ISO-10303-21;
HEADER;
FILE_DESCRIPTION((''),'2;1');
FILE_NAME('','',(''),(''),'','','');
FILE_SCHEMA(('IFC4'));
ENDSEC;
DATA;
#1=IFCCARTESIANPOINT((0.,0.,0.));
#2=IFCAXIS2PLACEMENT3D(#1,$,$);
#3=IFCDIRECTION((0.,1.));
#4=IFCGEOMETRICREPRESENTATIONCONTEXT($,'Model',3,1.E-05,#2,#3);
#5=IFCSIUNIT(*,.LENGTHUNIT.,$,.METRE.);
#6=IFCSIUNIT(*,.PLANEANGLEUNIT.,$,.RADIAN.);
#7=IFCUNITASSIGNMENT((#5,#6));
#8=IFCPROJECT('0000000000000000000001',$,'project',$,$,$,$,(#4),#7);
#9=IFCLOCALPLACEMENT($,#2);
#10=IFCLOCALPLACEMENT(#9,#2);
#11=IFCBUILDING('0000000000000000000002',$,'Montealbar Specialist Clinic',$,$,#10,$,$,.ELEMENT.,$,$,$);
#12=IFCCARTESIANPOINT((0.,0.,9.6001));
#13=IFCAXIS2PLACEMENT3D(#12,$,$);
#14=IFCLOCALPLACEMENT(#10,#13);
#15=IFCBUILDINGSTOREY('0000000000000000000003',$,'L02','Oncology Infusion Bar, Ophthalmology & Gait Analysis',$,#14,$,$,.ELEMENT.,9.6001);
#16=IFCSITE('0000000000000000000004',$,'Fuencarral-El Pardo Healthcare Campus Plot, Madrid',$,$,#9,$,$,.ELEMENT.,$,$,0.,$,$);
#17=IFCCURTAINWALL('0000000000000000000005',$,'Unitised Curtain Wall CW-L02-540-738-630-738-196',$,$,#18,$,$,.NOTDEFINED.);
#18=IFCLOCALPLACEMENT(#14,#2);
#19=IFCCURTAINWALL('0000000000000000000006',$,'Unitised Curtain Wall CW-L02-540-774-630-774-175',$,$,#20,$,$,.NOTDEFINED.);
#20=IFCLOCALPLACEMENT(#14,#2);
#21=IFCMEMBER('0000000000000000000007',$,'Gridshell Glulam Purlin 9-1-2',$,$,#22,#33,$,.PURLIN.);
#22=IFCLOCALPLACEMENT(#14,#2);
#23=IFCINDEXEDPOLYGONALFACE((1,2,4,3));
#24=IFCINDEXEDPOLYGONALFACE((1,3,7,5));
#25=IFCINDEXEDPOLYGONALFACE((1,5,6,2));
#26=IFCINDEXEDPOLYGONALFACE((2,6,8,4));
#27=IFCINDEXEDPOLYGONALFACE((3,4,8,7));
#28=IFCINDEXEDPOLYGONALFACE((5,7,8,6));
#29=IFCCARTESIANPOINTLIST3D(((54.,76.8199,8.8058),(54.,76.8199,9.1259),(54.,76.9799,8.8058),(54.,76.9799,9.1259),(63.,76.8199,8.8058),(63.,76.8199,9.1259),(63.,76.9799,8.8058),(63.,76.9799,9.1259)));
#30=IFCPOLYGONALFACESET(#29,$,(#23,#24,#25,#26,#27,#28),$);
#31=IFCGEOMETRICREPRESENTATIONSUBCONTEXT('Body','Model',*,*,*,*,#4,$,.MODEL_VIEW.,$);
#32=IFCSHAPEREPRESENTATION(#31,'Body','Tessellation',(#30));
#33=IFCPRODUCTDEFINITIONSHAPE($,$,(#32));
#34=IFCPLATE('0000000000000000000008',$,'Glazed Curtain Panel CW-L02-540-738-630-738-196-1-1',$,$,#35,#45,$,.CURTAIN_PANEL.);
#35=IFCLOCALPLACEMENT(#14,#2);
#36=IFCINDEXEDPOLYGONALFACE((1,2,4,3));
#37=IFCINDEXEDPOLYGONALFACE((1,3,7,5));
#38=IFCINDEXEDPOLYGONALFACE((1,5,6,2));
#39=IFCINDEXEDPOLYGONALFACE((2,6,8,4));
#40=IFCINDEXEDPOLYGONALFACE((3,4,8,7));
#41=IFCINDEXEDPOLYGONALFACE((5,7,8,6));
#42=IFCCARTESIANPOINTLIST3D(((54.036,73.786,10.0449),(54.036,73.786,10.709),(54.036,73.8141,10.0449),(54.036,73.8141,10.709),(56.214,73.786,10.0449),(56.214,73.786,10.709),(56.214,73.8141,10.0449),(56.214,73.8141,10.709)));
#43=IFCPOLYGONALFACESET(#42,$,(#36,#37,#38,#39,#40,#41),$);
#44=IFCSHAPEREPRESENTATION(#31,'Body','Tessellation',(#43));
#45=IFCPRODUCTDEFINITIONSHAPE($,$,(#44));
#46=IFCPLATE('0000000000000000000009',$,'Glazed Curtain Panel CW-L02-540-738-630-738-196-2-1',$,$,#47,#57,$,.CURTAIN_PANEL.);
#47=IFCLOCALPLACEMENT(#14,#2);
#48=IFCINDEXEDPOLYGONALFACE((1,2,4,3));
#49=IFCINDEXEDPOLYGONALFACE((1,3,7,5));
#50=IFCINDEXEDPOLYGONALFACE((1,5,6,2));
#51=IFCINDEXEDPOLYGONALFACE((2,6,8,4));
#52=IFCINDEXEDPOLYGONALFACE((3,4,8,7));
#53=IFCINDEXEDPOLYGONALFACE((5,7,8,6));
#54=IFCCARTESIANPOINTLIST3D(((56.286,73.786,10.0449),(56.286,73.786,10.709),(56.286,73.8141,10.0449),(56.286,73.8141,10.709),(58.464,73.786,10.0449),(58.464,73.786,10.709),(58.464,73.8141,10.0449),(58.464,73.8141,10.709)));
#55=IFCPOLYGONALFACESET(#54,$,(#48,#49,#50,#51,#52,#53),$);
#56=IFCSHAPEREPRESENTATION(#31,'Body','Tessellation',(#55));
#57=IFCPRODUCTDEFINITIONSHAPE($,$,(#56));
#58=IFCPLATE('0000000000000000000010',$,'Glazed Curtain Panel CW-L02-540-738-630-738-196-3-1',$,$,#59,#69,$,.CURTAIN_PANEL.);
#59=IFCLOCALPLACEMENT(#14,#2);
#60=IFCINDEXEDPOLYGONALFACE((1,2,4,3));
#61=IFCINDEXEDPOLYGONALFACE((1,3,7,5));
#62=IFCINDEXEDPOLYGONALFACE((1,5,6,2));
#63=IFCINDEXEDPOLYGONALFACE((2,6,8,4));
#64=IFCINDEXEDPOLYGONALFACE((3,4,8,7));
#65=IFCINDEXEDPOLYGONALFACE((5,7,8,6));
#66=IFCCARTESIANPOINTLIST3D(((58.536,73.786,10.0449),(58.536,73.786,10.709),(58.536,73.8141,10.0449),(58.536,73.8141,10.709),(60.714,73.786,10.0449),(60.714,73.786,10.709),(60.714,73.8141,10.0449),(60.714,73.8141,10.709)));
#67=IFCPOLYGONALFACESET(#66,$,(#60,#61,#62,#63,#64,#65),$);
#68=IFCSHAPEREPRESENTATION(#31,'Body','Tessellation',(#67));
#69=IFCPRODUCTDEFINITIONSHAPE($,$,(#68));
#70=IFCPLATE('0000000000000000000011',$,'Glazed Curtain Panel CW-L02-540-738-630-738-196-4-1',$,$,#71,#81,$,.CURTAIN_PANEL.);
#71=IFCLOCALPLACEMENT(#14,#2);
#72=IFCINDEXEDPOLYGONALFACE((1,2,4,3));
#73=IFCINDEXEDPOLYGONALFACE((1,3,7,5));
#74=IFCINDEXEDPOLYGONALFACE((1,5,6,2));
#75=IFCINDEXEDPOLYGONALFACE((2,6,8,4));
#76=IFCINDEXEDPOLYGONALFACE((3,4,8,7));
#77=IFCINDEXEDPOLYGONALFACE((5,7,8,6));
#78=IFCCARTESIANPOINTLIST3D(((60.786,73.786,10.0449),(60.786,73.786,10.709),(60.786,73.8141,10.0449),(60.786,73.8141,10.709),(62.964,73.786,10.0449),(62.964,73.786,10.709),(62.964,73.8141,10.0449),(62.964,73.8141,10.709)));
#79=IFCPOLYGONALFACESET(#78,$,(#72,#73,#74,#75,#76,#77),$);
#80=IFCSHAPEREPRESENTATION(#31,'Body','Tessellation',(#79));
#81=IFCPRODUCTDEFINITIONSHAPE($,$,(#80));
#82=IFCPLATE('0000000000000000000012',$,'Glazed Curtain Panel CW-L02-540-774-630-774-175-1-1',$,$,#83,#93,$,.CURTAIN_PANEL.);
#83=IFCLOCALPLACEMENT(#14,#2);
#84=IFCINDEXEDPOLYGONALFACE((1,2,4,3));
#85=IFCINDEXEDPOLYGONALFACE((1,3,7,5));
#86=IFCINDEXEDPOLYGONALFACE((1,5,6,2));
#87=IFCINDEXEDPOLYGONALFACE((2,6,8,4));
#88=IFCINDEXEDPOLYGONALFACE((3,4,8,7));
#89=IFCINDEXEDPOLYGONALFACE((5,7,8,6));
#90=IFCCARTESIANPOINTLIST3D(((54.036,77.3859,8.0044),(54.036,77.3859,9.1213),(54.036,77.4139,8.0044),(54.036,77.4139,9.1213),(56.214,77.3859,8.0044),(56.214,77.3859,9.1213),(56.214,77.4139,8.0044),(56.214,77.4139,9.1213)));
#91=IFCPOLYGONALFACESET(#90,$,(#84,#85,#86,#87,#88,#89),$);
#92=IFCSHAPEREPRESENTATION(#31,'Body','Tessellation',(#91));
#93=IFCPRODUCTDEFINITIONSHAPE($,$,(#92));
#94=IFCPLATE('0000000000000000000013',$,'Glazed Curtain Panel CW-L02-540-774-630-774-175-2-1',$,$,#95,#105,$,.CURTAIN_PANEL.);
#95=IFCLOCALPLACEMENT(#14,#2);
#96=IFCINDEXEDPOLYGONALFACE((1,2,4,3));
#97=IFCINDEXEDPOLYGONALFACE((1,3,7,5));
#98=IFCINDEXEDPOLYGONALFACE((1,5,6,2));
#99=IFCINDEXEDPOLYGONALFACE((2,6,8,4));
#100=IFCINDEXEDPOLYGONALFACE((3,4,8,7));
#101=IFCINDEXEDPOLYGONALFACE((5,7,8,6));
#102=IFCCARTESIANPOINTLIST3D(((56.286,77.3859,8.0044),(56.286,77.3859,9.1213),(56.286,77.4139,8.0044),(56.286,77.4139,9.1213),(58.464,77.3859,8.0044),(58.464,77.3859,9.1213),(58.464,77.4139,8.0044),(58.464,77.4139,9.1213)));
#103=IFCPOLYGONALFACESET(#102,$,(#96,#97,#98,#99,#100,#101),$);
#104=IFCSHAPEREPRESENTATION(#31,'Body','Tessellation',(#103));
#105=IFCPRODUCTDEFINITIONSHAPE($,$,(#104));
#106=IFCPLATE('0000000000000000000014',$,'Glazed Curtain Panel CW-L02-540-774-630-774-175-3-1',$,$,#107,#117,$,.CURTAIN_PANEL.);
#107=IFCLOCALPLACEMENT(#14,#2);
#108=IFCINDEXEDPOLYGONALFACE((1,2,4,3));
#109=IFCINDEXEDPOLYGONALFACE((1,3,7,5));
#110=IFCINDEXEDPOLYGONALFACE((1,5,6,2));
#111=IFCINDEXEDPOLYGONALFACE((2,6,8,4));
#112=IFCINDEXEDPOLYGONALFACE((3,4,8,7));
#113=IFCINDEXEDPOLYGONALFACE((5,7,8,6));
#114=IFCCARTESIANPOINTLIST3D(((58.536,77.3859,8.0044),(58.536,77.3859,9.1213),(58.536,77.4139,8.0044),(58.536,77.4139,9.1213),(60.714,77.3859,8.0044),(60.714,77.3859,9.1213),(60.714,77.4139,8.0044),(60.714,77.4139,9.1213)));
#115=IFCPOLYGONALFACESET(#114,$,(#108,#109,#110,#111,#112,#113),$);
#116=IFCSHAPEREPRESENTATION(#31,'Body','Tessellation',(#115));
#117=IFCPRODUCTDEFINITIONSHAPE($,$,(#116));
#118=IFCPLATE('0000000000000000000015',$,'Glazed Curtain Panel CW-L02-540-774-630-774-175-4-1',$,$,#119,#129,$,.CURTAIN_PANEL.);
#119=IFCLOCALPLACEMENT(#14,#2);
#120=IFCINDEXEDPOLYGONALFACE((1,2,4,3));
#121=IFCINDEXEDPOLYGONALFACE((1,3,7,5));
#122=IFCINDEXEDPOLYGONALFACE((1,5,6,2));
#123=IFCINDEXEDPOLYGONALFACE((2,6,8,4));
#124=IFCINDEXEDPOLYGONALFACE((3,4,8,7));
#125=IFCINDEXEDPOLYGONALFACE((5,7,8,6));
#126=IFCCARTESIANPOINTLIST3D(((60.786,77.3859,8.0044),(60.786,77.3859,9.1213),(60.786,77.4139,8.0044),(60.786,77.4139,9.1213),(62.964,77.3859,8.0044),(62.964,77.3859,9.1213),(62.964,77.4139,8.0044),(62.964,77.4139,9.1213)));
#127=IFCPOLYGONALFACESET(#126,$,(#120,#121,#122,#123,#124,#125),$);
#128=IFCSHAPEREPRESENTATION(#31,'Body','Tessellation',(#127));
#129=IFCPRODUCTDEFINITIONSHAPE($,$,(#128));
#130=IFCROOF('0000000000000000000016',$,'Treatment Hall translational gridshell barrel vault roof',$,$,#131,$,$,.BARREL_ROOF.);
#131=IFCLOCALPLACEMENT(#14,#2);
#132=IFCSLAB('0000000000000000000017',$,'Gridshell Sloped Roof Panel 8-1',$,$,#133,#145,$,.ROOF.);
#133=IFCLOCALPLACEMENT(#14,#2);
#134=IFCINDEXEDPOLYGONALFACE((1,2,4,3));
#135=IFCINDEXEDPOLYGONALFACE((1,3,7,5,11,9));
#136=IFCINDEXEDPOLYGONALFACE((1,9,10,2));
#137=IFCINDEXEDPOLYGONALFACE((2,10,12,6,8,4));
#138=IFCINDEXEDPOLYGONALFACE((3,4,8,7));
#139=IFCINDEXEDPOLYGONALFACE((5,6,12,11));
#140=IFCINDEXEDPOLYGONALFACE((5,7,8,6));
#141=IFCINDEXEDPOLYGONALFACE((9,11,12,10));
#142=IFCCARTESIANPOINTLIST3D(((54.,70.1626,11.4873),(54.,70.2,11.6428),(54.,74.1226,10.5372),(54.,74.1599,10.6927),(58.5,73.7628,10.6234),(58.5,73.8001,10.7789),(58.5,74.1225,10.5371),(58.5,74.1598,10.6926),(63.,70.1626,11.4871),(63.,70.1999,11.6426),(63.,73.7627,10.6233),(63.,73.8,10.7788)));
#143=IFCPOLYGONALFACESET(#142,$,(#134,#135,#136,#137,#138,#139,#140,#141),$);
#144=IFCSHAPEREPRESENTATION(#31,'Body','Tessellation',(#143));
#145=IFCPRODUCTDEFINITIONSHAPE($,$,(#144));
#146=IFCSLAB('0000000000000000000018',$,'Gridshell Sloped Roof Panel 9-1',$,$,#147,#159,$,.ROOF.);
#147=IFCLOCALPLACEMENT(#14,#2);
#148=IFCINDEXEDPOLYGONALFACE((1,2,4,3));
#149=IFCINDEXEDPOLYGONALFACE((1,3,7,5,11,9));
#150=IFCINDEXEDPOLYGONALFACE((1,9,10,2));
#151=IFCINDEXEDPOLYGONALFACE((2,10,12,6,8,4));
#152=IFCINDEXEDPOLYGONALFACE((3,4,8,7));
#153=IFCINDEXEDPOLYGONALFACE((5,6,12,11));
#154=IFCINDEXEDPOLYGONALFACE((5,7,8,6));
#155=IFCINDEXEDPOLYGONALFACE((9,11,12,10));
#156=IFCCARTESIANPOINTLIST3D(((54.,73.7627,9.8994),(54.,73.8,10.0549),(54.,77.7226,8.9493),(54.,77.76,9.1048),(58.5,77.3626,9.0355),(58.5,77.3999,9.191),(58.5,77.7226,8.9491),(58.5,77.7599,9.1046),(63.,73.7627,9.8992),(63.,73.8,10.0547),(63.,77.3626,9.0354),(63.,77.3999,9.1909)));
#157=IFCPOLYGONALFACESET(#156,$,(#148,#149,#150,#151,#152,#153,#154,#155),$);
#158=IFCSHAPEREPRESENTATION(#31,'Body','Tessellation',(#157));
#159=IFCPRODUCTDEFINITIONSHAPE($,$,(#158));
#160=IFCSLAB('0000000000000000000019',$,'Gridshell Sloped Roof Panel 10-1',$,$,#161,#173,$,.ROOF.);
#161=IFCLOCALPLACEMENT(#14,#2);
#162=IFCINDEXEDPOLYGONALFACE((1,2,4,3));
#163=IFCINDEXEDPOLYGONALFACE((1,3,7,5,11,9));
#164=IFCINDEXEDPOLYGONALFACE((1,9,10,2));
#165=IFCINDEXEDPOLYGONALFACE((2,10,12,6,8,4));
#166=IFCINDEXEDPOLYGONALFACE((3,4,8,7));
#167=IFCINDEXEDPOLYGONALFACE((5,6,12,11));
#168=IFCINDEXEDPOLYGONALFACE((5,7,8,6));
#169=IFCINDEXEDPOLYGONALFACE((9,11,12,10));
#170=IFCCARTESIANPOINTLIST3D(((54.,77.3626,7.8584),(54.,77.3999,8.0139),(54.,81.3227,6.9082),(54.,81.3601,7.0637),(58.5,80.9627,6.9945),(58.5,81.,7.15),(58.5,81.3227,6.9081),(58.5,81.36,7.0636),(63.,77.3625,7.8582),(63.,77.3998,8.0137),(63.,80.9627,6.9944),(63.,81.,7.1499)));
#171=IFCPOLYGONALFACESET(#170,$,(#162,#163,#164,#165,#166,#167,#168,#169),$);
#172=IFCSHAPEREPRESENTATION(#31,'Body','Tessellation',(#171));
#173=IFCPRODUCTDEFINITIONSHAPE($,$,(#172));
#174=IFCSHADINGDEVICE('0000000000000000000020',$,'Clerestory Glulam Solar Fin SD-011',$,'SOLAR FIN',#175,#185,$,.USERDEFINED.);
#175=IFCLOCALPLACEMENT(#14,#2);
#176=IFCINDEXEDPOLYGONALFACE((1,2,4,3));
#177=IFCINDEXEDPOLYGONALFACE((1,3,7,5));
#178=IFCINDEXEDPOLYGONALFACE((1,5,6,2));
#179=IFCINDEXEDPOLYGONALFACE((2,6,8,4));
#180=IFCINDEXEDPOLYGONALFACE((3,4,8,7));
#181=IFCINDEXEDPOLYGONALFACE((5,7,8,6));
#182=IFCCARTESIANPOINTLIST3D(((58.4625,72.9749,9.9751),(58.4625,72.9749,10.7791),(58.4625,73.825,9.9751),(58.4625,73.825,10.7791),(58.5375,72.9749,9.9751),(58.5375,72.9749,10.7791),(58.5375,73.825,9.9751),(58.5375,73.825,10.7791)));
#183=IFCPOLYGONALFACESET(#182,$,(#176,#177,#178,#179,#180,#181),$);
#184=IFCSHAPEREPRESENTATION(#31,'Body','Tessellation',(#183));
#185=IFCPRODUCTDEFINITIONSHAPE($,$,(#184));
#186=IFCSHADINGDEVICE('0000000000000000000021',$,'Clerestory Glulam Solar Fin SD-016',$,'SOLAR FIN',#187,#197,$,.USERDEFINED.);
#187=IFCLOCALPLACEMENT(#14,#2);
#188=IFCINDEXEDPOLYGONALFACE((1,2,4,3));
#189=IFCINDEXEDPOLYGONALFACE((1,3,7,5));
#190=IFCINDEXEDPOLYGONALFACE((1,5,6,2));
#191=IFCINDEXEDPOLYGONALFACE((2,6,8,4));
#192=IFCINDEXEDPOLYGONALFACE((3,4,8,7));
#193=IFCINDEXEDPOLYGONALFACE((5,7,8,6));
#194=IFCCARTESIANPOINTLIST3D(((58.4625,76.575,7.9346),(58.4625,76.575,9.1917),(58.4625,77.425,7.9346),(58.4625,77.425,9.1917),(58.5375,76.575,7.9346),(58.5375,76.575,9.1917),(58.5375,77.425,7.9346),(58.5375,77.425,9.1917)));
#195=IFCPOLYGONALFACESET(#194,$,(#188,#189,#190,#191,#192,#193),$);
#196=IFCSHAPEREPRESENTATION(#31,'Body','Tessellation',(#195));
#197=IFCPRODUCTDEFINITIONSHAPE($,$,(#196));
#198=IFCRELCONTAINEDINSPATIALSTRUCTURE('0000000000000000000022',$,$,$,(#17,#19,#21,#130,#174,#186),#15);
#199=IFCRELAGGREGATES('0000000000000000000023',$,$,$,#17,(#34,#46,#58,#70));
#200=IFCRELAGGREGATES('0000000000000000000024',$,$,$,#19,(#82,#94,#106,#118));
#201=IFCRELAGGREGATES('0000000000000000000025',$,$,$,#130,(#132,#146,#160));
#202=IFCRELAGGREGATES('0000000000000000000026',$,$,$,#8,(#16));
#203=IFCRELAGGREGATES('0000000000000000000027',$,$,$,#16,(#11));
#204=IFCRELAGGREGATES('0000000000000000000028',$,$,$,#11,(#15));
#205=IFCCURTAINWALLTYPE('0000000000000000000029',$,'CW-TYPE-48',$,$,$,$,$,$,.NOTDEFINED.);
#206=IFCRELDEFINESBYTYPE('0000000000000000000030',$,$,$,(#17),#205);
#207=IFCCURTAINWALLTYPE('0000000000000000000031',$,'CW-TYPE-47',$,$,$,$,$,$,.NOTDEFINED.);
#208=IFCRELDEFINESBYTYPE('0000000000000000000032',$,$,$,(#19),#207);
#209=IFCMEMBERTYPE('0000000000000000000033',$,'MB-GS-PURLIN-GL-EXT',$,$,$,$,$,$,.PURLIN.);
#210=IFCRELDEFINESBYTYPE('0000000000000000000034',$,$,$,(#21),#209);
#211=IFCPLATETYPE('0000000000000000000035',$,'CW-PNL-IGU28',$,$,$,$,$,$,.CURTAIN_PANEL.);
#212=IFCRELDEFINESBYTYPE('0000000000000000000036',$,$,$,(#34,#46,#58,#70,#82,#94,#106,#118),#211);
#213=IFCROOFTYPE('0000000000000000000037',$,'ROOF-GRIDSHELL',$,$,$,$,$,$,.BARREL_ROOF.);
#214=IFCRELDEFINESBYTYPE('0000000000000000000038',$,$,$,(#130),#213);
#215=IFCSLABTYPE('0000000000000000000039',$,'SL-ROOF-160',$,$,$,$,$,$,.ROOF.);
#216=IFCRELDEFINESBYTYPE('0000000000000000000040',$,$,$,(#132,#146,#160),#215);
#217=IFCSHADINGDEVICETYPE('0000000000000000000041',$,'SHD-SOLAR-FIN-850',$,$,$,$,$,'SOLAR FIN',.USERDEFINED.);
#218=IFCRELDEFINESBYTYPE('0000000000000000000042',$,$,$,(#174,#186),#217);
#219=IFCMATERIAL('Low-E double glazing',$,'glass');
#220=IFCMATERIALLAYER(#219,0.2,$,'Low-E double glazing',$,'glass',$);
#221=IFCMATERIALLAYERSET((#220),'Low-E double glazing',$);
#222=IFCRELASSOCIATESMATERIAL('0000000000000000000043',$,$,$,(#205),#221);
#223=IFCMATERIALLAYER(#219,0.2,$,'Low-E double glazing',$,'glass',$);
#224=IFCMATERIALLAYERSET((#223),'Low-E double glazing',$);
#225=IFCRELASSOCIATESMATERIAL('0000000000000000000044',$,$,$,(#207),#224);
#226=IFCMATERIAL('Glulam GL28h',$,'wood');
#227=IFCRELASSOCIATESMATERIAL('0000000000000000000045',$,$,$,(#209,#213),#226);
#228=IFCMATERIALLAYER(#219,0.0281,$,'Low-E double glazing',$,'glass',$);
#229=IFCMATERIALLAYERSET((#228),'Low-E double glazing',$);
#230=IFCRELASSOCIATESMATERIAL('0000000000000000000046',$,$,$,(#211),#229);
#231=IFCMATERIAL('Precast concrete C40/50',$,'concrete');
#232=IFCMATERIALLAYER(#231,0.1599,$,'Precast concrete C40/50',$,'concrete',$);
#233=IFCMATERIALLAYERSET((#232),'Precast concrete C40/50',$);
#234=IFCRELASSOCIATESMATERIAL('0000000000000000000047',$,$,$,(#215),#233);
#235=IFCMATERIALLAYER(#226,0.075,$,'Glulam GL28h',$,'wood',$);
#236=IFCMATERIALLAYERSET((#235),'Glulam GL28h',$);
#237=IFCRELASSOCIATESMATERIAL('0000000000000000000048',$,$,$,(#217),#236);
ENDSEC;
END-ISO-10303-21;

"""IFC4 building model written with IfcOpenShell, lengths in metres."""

from ifc_helpers import new_model, si_unit, direction, frame, origin, origin_2d, place, context, subcontext, project, spatial, polyline, rectangle, outline, extrude, material, layer, layer_set, material_profile, profile_set, type_object, element, aggregate, save


model = new_model("IFC4")

# Units and contexts
model_context = context("Model", 3, precision=1e-05, world=origin(), true_north=direction((0.0, 1.0)))
body_context = subcontext(model_context, "Body", "Model", "MODEL_VIEW")
ifc_project = project(units=[si_unit("LENGTHUNIT", "METRE"), si_unit("PLANEANGLEUNIT", "RADIAN")], contexts=[model_context])

# Site, building, storey
site_placement = place(None, origin())
site = spatial("IfcSite", under=ifc_project, at=site_placement, Name="Fuencarral-El Pardo Healthcare Campus Plot, Madrid", CompositionType="ELEMENT", RefElevation=0.0)
building_placement = place(site_placement, origin())
building = spatial("IfcBuilding", under=site, at=building_placement, Name="Montealbar Specialist Clinic", CompositionType="ELEMENT")
storey_placement = place(building_placement, frame((0.0, 0.0, 9.6001)))
storey = spatial("IfcBuildingStorey", under=building, at=storey_placement, Name="L02", Description="Oncology Infusion Bar, Ophthalmology & Gait Analysis", CompositionType="ELEMENT", Elevation=9.6001)

# Curtain walls
ifc_material_1 = material(Name="Low-E double glazing", Category="glass")
ifc_layer_1 = layer(ifc_material_1, 0.2, Name="Low-E double glazing", Category="glass")
ifc_layer_set_1 = layer_set([ifc_layer_1], Name="Low-E double glazing")
curtain_wall_type_1 = type_object("IfcCurtainWallType", Name="CW-TYPE-48", PredefinedType="NOTDEFINED", material=ifc_layer_set_1)
curtain_wall_1_placement = place(storey_placement, origin())
curtain_wall_1 = element("IfcCurtainWall", 1, at=curtain_wall_1_placement, inside=storey, type_object=curtain_wall_type_1, Name="Unitised Curtain Wall CW-L02-540-738-630-738-196", PredefinedType="NOTDEFINED")
ifc_layer_2 = layer(ifc_material_1, 0.2, Name="Low-E double glazing", Category="glass")
ifc_layer_set_2 = layer_set([ifc_layer_2], Name="Low-E double glazing")
curtain_wall_type_2 = type_object("IfcCurtainWallType", Name="CW-TYPE-47", PredefinedType="NOTDEFINED", material=ifc_layer_set_2)
curtain_wall_2_placement = place(storey_placement, origin())
curtain_wall_2 = element("IfcCurtainWall", 2, at=curtain_wall_2_placement, inside=storey, type_object=curtain_wall_type_2, Name="Unitised Curtain Wall CW-L02-540-774-630-774-175", PredefinedType="NOTDEFINED")

# Member
ifc_material_2 = material(Name="Glulam GL28h", Category="wood")
ifc_material_profile_1 = material_profile(ifc_material_2, rectangle(XDim=0.1599, YDim=0.3201, at=origin_2d()), Name="GL28h 160x320", Category="wood")
ifc_profile_set_1 = profile_set([ifc_material_profile_1], Name="Glulam GL28h")
member_type_1 = type_object("IfcMemberType", Name="MB-GS-PURLIN-GL-EXT", PredefinedType="PURLIN", material=ifc_profile_set_1)
for number, where, z_axis, x_axis, name in (
    (3, (54.0, 76.8999, 8.9658), (1.0, 0.0, 0.0), (0.0, 1.0, 0.0), "Gridshell Glulam Purlin 9-1-2"),
):
    element("IfcMember", number, at=place(storey_placement, frame(where, z_axis=z_axis, x_axis=x_axis)), inside=storey, type_object=member_type_1, Name=name, PredefinedType="PURLIN", context=body_context, shape_type="SweptSolid", body=[
        extrude(rectangle(XDim=0.1599, YDim=0.3201, at=origin_2d()), origin(), (0.0, 0.0, 1.0), 9.0),
    ])

# Plates
ifc_layer_3 = layer(ifc_material_1, 0.0281, Name="Low-E double glazing", Category="glass")
ifc_layer_set_3 = layer_set([ifc_layer_3], Name="Low-E double glazing")
plate_type = type_object("IfcPlateType", Name="CW-PNL-IGU28", PredefinedType="CURTAIN_PANEL", material=ifc_layer_set_3)
plate_1_placement = place(storey_placement, frame((55.125, 73.8, 10.0449), z_axis=(0.0, 0.0, 1.0), x_axis=(1.0, 0.0, 0.0)))
plate_1 = element("IfcPlate", 4, at=plate_1_placement, type_object=plate_type, Name="Glazed Curtain Panel CW-L02-540-738-630-738-196-1-1", PredefinedType="CURTAIN_PANEL", context=body_context, shape_type="SweptSolid", body=[
    extrude(rectangle(XDim=2.178, YDim=0.0281, at=origin_2d()), origin(), (0.0, 0.0, 1.0), 0.6641),
])
plate_2_placement = place(storey_placement, frame((57.375, 73.8, 10.0449), z_axis=(0.0, 0.0, 1.0), x_axis=(1.0, 0.0, 0.0)))
plate_2 = element("IfcPlate", 5, at=plate_2_placement, type_object=plate_type, Name="Glazed Curtain Panel CW-L02-540-738-630-738-196-2-1", PredefinedType="CURTAIN_PANEL", context=body_context, shape_type="SweptSolid", body=[
    extrude(rectangle(XDim=2.178, YDim=0.0281, at=origin_2d()), origin(), (0.0, 0.0, 1.0), 0.6641),
])
plate_3_placement = place(storey_placement, frame((59.625, 73.8, 10.0449), z_axis=(0.0, 0.0, 1.0), x_axis=(1.0, 0.0, 0.0)))
plate_3 = element("IfcPlate", 6, at=plate_3_placement, type_object=plate_type, Name="Glazed Curtain Panel CW-L02-540-738-630-738-196-3-1", PredefinedType="CURTAIN_PANEL", context=body_context, shape_type="SweptSolid", body=[
    extrude(rectangle(XDim=2.178, YDim=0.0281, at=origin_2d()), origin(), (0.0, 0.0, 1.0), 0.6641),
])
plate_4_placement = place(storey_placement, frame((61.875, 73.8, 10.0449), z_axis=(0.0, 0.0, 1.0), x_axis=(1.0, 0.0, 0.0)))
plate_4 = element("IfcPlate", 7, at=plate_4_placement, type_object=plate_type, Name="Glazed Curtain Panel CW-L02-540-738-630-738-196-4-1", PredefinedType="CURTAIN_PANEL", context=body_context, shape_type="SweptSolid", body=[
    extrude(rectangle(XDim=2.178, YDim=0.0281, at=origin_2d()), origin(), (0.0, 0.0, 1.0), 0.6641),
])
aggregate(curtain_wall_1, [plate_1, plate_2, plate_3, plate_4])
plate_5_placement = place(storey_placement, frame((55.125, 77.3999, 8.0044), z_axis=(0.0, 0.0, 1.0), x_axis=(1.0, 0.0, 0.0)))
plate_5 = element("IfcPlate", 8, at=plate_5_placement, type_object=plate_type, Name="Glazed Curtain Panel CW-L02-540-774-630-774-175-1-1", PredefinedType="CURTAIN_PANEL", context=body_context, shape_type="SweptSolid", body=[
    extrude(rectangle(XDim=2.178, YDim=0.0281, at=origin_2d()), origin(), (0.0, 0.0, 1.0), 1.1169),
])
plate_6_placement = place(storey_placement, frame((57.375, 77.3999, 8.0044), z_axis=(0.0, 0.0, 1.0), x_axis=(1.0, 0.0, 0.0)))
plate_6 = element("IfcPlate", 9, at=plate_6_placement, type_object=plate_type, Name="Glazed Curtain Panel CW-L02-540-774-630-774-175-2-1", PredefinedType="CURTAIN_PANEL", context=body_context, shape_type="SweptSolid", body=[
    extrude(rectangle(XDim=2.178, YDim=0.0281, at=origin_2d()), origin(), (0.0, 0.0, 1.0), 1.1169),
])
plate_7_placement = place(storey_placement, frame((59.625, 77.3999, 8.0044), z_axis=(0.0, 0.0, 1.0), x_axis=(1.0, 0.0, 0.0)))
plate_7 = element("IfcPlate", 10, at=plate_7_placement, type_object=plate_type, Name="Glazed Curtain Panel CW-L02-540-774-630-774-175-3-1", PredefinedType="CURTAIN_PANEL", context=body_context, shape_type="SweptSolid", body=[
    extrude(rectangle(XDim=2.178, YDim=0.0281, at=origin_2d()), origin(), (0.0, 0.0, 1.0), 1.1169),
])
plate_8_placement = place(storey_placement, frame((61.875, 77.3999, 8.0044), z_axis=(0.0, 0.0, 1.0), x_axis=(1.0, 0.0, 0.0)))
plate_8 = element("IfcPlate", 11, at=plate_8_placement, type_object=plate_type, Name="Glazed Curtain Panel CW-L02-540-774-630-774-175-4-1", PredefinedType="CURTAIN_PANEL", context=body_context, shape_type="SweptSolid", body=[
    extrude(rectangle(XDim=2.178, YDim=0.0281, at=origin_2d()), origin(), (0.0, 0.0, 1.0), 1.1169),
])
aggregate(curtain_wall_2, [plate_5, plate_6, plate_7, plate_8])

# Roof, slabs
roof_type = type_object("IfcRoofType", Name="ROOF-GRIDSHELL", PredefinedType="BARREL_ROOF", material=ifc_material_2)
roof_placement = place(storey_placement, origin())
roof = element("IfcRoof", 12, at=roof_placement, inside=storey, type_object=roof_type, Name="Treatment Hall translational gridshell barrel vault roof", PredefinedType="BARREL_ROOF")
ifc_material_3 = material(Name="Precast concrete C40/50", Category="concrete")
ifc_layer_4 = layer(ifc_material_3, 0.1599, Name="Precast concrete C40/50", Category="concrete")
ifc_layer_set_4 = layer_set([ifc_layer_4], Name="Precast concrete C40/50")
slab_type = type_object("IfcSlabType", Name="SL-ROOF-160", PredefinedType="ROOF", material=ifc_layer_set_4)
slab_1_placement = place(storey_placement, frame((54.0, 70.2, 11.6428), z_axis=(0.000022, 0.233318, 0.9724), x_axis=(1.0, -0.000005, -0.000021)))
slab_1 = element("IfcSlab", 13, at=slab_1_placement, type_object=slab_type, Name="Gridshell Sloped Roof Panel 8-1", PredefinedType="ROOF", context=body_context, shape_type="SweptSolid", body=[
    extrude(outline(polyline([(0.0, 0.0), (9.0, 0.0), (9.0, 3.7023), (4.5, 3.7023), (4.5, 4.0723), (0.0, 4.0723), (0.0, 0.0)])), origin(), (0.0, 0.0, -1.0), 0.1599),
])
slab_2_placement = place(storey_placement, frame((54.0, 73.8, 10.0549), z_axis=(0.000025, 0.233325, 0.972399), x_axis=(1.0, -0.000006, -0.000025)))
slab_2 = element("IfcSlab", 14, at=slab_2_placement, type_object=slab_type, Name="Gridshell Sloped Roof Panel 9-1", PredefinedType="ROOF", context=body_context, shape_type="SweptSolid", body=[
    extrude(outline(polyline([(0.0, 0.0), (9.0, 0.0), (9.0, 3.7021), (4.5, 3.7021), (4.5, 4.0723), (0.0, 4.0723), (0.0, 0.0)])), origin(), (0.0, 0.0, -1.0), 0.1599),
])
slab_3_placement = place(storey_placement, frame((54.0, 77.3999, 8.0139), z_axis=(0.000025, 0.233311, 0.972402), x_axis=(1.0, -0.000006, -0.000024)))
slab_3 = element("IfcSlab", 15, at=slab_3_placement, type_object=slab_type, Name="Gridshell Sloped Roof Panel 10-1", PredefinedType="ROOF", context=body_context, shape_type="SweptSolid", body=[
    extrude(outline(polyline([(0.0, 0.0), (9.0, 0.0), (9.0, 3.7023), (4.5, 3.7023), (4.5, 4.0725), (0.0, 4.0725), (0.0, 0.0)])), origin(), (0.0, 0.0, -1.0), 0.1599),
])
aggregate(roof, [slab_1, slab_2, slab_3])

# Shading devices
ifc_layer_5 = layer(ifc_material_2, 0.075, Name="Glulam GL28h", Category="wood")
ifc_layer_set_5 = layer_set([ifc_layer_5], Name="Glulam GL28h")
shading_device_type = type_object("IfcShadingDeviceType", Name="SHD-SOLAR-FIN-850", ElementType="SOLAR FIN", PredefinedType="USERDEFINED", material=ifc_layer_set_5)
shading_device_1_placement = place(storey_placement, frame((58.5, 73.3999, 9.9751), z_axis=(0.0, 0.0, 1.0), x_axis=(0.0, -1.0, 0.0)))
element("IfcShadingDevice", 16, at=shading_device_1_placement, inside=storey, type_object=shading_device_type, Name="Clerestory Glulam Solar Fin SD-011", ObjectType="SOLAR FIN", PredefinedType="USERDEFINED", context=body_context, shape_type="SweptSolid", body=[
    extrude(rectangle(XDim=0.8501, YDim=0.075, at=origin_2d()), origin(), (0.0, 0.0, 1.0), 0.804),
])
shading_device_2_placement = place(storey_placement, frame((58.5, 77.0, 7.9346), z_axis=(0.0, 0.0, 1.0), x_axis=(0.0, -1.0, 0.0)))
element("IfcShadingDevice", 17, at=shading_device_2_placement, inside=storey, type_object=shading_device_type, Name="Clerestory Glulam Solar Fin SD-016", ObjectType="SOLAR FIN", PredefinedType="USERDEFINED", context=body_context, shape_type="SweptSolid", body=[
    extrude(rectangle(XDim=0.8501, YDim=0.075, at=origin_2d()), origin(), (0.0, 0.0, 1.0), 1.2571),
])

save(model, "model.ifc")
